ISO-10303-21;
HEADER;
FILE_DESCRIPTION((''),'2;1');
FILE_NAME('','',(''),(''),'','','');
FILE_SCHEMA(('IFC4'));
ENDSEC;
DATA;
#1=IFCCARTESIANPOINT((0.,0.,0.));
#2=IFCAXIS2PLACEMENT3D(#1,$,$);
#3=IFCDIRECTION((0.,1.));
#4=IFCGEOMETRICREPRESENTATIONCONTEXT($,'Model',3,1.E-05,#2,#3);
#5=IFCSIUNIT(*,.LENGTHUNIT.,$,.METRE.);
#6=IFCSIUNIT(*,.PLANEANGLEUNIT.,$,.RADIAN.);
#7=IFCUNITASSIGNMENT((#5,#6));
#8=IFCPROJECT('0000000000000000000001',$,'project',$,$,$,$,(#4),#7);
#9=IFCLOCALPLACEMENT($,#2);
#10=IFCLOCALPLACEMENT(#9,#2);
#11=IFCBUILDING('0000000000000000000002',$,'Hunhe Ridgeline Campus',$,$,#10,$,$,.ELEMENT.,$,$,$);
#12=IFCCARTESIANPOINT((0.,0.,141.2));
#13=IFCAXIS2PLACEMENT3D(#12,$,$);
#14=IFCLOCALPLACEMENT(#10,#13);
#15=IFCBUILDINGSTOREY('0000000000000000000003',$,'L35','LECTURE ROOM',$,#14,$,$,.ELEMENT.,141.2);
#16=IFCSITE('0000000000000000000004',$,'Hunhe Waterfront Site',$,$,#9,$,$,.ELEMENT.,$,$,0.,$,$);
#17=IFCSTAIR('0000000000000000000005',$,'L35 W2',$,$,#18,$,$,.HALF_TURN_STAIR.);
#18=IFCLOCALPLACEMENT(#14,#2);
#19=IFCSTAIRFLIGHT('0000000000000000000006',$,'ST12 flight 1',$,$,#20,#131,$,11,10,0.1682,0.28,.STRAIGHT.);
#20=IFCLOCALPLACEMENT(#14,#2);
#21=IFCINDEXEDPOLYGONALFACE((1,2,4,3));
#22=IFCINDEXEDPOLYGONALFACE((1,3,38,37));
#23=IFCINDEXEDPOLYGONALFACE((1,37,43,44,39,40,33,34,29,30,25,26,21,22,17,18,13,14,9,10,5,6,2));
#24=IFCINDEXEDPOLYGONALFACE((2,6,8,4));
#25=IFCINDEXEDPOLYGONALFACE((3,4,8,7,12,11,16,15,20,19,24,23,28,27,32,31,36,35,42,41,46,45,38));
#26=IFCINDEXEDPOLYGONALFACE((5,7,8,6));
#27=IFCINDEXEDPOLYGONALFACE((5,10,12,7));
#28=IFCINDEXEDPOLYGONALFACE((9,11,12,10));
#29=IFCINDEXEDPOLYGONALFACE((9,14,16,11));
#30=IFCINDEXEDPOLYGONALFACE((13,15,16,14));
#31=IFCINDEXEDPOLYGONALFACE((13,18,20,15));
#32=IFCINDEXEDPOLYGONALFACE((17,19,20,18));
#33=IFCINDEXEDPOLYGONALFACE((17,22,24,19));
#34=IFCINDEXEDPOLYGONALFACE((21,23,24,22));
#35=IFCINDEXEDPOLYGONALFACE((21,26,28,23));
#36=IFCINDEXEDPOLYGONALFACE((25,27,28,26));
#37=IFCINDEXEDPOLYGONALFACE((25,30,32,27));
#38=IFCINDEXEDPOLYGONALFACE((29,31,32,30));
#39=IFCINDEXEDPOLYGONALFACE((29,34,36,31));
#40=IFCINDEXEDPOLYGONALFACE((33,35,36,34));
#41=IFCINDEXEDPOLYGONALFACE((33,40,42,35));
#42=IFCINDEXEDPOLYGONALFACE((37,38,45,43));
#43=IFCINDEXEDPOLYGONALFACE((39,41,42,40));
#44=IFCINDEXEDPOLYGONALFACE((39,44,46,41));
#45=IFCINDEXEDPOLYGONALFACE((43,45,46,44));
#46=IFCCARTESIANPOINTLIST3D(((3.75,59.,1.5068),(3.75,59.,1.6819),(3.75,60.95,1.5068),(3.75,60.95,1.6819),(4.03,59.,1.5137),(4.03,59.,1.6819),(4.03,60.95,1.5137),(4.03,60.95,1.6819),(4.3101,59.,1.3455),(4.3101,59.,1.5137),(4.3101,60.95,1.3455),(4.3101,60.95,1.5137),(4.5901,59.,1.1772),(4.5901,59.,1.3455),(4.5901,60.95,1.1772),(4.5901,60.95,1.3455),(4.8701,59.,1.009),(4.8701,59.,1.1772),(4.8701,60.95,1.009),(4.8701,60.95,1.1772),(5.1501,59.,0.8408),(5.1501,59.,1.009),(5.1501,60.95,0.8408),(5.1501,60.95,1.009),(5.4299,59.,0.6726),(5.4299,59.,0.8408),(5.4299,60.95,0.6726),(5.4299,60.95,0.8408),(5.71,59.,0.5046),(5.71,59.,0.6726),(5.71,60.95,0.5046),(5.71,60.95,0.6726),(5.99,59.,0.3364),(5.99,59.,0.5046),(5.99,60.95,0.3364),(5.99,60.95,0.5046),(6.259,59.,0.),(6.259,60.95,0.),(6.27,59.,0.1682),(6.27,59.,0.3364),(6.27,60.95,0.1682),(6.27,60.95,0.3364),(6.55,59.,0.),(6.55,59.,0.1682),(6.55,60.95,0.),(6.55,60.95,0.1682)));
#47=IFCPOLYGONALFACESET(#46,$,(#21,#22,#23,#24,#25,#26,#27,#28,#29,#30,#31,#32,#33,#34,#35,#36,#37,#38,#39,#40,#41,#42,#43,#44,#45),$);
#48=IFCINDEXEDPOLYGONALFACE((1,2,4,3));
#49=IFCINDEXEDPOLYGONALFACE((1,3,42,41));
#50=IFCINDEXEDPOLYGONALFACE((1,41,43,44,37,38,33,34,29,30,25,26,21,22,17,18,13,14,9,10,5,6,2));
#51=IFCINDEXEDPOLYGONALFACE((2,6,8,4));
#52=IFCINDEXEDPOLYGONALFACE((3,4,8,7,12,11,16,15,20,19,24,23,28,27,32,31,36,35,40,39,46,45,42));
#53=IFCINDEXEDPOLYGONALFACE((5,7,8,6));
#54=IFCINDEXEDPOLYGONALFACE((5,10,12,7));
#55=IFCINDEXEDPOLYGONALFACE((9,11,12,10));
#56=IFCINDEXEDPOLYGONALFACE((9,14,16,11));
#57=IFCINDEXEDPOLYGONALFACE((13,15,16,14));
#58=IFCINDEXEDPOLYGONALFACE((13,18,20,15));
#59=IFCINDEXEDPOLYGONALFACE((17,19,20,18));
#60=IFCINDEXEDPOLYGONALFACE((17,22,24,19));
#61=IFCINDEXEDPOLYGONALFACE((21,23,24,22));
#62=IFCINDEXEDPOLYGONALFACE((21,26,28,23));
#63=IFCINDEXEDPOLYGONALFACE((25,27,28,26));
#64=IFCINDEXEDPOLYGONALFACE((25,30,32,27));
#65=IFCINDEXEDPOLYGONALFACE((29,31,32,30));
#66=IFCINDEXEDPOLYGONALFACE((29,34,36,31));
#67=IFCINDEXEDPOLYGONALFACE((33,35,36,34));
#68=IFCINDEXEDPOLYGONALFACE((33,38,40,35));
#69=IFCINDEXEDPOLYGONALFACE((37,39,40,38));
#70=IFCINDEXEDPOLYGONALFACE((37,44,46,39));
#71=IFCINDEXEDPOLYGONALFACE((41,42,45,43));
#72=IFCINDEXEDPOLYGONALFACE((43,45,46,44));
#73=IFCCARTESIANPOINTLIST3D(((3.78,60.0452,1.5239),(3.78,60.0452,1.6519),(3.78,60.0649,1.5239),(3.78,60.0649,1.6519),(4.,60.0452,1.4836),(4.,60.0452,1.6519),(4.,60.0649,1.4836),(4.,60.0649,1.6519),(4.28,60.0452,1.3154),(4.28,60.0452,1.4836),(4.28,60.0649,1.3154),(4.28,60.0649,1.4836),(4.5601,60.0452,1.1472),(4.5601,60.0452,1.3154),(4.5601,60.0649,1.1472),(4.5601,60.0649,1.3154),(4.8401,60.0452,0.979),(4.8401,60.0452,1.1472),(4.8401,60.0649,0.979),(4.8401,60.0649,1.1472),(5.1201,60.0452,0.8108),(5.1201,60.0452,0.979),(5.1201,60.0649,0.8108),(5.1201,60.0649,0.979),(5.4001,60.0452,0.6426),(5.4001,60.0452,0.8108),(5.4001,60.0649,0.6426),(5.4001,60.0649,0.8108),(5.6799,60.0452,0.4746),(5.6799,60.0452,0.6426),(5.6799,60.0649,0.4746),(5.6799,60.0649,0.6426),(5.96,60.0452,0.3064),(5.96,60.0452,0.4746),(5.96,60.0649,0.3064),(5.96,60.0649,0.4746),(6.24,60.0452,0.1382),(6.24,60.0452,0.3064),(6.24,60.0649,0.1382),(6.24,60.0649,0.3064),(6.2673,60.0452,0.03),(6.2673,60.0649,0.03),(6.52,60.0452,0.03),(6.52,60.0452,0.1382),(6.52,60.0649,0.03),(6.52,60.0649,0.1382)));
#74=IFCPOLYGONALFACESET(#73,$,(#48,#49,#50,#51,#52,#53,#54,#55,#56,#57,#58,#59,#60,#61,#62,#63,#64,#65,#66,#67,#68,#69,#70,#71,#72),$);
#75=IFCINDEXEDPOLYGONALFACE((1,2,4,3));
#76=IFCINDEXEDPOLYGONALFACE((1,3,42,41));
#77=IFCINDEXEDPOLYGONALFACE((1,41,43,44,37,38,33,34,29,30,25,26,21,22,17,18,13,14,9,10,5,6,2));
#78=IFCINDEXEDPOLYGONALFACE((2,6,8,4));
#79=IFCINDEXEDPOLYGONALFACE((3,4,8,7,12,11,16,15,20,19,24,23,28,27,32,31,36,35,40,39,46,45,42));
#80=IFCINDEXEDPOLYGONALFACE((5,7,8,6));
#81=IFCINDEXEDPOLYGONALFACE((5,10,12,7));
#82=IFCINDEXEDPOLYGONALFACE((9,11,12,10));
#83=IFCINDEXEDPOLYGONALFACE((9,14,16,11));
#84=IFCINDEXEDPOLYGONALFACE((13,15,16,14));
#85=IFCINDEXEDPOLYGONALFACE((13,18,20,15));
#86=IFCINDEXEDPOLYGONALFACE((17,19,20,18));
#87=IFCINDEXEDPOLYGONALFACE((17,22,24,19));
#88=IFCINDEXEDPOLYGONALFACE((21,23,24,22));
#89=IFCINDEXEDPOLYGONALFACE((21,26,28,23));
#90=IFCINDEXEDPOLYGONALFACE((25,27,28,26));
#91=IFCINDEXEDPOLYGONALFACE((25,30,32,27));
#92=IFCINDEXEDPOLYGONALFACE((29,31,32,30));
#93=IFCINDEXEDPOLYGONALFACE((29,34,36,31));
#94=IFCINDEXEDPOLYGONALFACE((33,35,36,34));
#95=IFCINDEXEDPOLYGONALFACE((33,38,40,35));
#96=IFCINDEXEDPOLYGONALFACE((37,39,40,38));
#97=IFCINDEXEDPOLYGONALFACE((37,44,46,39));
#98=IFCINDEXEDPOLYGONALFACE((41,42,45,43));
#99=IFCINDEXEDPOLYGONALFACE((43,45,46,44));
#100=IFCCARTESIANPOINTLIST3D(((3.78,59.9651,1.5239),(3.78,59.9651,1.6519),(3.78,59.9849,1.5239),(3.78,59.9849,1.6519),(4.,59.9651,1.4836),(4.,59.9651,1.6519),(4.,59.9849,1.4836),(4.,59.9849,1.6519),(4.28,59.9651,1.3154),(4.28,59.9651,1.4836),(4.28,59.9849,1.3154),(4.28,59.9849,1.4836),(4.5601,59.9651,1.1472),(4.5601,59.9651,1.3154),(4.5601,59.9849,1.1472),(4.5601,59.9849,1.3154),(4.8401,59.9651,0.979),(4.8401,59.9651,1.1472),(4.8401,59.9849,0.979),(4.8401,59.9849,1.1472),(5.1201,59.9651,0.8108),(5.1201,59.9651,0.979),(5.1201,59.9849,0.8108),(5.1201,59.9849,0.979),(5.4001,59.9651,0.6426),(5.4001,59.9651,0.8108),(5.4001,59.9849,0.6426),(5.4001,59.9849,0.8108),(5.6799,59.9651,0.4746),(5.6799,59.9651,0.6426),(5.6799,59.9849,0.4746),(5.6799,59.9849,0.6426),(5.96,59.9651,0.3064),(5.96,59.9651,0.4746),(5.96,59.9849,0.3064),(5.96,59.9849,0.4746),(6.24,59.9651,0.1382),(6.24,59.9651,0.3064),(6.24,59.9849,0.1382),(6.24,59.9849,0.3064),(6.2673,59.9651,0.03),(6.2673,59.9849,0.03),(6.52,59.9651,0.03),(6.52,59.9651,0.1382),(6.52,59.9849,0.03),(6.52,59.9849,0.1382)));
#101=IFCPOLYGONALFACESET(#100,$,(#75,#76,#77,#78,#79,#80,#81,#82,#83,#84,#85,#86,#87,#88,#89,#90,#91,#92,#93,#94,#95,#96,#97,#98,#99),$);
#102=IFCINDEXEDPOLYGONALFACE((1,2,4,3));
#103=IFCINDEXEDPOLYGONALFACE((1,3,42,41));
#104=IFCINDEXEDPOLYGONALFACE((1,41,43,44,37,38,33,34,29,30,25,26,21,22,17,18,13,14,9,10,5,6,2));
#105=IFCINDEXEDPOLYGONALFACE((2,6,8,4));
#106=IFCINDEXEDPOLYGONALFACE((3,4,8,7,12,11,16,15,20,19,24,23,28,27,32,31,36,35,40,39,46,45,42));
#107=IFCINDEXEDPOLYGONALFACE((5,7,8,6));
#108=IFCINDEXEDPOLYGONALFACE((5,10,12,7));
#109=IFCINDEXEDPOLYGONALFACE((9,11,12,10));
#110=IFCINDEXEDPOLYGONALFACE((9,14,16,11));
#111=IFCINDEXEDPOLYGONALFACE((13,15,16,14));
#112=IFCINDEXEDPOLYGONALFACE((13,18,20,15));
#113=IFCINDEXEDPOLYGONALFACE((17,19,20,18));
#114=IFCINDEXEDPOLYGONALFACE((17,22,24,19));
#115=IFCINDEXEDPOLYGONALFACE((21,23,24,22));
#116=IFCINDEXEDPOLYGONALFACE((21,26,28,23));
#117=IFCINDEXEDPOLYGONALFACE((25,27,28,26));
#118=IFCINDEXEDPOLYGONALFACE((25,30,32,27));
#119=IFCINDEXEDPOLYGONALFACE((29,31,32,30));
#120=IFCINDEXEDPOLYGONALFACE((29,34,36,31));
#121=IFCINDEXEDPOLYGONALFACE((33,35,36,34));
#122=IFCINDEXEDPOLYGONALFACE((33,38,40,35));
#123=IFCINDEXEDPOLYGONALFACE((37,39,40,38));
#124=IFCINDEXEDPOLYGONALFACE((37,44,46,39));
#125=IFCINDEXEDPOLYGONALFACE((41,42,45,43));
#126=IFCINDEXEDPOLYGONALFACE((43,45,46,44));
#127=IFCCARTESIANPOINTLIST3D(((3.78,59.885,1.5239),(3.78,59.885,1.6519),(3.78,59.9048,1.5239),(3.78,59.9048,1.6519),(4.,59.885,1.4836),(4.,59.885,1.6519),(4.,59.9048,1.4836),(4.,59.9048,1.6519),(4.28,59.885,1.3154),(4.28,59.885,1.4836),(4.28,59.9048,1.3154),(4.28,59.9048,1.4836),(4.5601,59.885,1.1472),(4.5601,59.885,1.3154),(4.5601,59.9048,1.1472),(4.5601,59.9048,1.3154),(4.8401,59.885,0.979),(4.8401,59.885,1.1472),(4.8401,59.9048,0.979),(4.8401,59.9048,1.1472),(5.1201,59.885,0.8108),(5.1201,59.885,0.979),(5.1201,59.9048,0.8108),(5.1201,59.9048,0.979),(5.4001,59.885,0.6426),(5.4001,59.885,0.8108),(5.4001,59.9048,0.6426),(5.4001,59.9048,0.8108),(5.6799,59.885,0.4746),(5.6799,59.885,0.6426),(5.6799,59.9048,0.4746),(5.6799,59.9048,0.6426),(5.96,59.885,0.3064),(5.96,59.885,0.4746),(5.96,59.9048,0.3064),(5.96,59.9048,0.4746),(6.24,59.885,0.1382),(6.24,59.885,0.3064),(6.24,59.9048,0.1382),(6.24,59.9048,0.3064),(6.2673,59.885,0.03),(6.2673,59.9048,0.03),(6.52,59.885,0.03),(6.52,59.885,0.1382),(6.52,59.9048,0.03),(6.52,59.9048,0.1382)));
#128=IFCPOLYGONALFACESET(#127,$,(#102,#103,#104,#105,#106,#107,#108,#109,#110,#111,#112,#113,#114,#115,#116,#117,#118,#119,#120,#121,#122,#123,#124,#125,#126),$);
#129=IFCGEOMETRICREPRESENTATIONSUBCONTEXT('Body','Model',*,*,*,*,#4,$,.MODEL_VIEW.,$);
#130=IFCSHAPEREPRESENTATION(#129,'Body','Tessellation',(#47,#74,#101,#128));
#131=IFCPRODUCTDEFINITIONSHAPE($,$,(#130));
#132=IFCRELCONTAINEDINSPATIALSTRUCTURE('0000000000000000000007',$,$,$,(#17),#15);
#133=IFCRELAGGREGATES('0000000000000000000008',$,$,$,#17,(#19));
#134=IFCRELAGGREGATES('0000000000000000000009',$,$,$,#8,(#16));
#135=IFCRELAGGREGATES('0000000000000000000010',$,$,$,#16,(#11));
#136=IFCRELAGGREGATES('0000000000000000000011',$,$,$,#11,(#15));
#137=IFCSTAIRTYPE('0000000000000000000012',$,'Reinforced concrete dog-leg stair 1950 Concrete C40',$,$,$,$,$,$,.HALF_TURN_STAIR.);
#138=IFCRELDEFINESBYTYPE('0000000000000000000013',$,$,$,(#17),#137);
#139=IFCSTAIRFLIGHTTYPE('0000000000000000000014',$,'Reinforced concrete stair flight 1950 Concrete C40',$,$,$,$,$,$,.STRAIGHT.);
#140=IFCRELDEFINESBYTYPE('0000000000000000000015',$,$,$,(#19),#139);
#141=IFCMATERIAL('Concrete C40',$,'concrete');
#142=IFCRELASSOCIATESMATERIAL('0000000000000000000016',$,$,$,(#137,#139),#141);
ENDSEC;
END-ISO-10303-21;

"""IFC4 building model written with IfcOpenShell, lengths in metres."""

from ifc_helpers import new_model, si_unit, direction, frame, origin, place, context, subcontext, project, spatial, polyline, outline, extrude, material, type_object, element, aggregate, save


model = new_model("IFC4")

# Units and contexts
model_context = context("Model", 3, precision=1e-05, world=origin(), true_north=direction((0.0, 1.0)))
body_context = subcontext(model_context, "Body", "Model", "MODEL_VIEW")
ifc_project = project(units=[si_unit("LENGTHUNIT", "METRE"), si_unit("PLANEANGLEUNIT", "RADIAN")], contexts=[model_context])

# Site, building, storey
site_placement = place(None, origin())
site = spatial("IfcSite", under=ifc_project, at=site_placement, Name="Hunhe Waterfront Site", CompositionType="ELEMENT", RefElevation=0.0)
building_placement = place(site_placement, origin())
building = spatial("IfcBuilding", under=site, at=building_placement, Name="Hunhe Ridgeline Campus", CompositionType="ELEMENT")
storey_placement = place(building_placement, frame((0.0, 0.0, 141.2)))
storey = spatial("IfcBuildingStorey", under=building, at=storey_placement, Name="L35", Description="LECTURE ROOM", CompositionType="ELEMENT", Elevation=141.2)

# Stair, stair flight
ifc_material_1 = material(Name="Concrete C40", Category="concrete")
stair_type = type_object("IfcStairType", Name="Reinforced concrete dog-leg stair 1950 Concrete C40", PredefinedType="HALF_TURN_STAIR", material=ifc_material_1)
stair_flight_type = type_object("IfcStairFlightType", Name="Reinforced concrete stair flight 1950 Concrete C40", PredefinedType="STRAIGHT", material=ifc_material_1)
stair_1_placement = place(storey_placement, origin())
stair_1 = element("IfcStair", 1, at=stair_1_placement, inside=storey, type_object=stair_type, Name="L35 W2", PredefinedType="HALF_TURN_STAIR")
stair_flight_1_placement = place(storey_placement, frame((6.55, 59.9751, 0.0), z_axis=(0.0, 0.0, 1.0), x_axis=(-1.0, 0.0, 0.0)))
stair_flight_1 = element("IfcStairFlight", 2, at=stair_flight_1_placement, type_object=stair_flight_type, Name="ST12 flight 1", NumberOfRisers=11, NumberOfTreads=10, PredefinedType="STRAIGHT", RiserHeight=0.1682, TreadLength=0.28, context=body_context, shape_type="SweptSolid", body=[
    extrude(outline(polyline([(0.0, 0.0), (0.0, 0.1682), (0.28, 0.1682), (0.28, 0.3364), (0.5601, 0.3364), (0.5601, 0.5046), (0.8401, 0.5046), (0.8401, 0.6726), (1.1201, 0.6726), (1.1201, 0.8408), (1.3999, 0.8408), (1.3999, 1.009), (1.6799, 1.009), (1.6799, 1.1772), (1.96, 1.1772), (1.96, 1.3455), (2.24, 1.3455), (2.24, 1.5137), (2.52, 1.5137), (2.52, 1.6819), (2.8, 1.6819), (2.8, 1.8501), (2.8, 1.5068), (0.291, 0.0), (0.0, 0.0)])), frame((0.0, 0.9751, 0.0), z_axis=(0.0, -1.0, 0.0), x_axis=(1.0, 0.0, 0.0)), (0.0, 0.0, 1.0), 1.95),
    extrude(outline(polyline([(0.03, 0.03), (0.03, 0.1382), (0.3101, 0.1382), (0.3101, 0.3064), (0.5901, 0.3064), (0.5901, 0.4746), (0.8701, 0.4746), (0.8701, 0.6426), (1.1499, 0.6426), (1.1499, 0.8108), (1.4299, 0.8108), (1.4299, 0.979), (1.71, 0.979), (1.71, 1.1472), (1.99, 1.1472), (1.99, 1.3154), (2.27, 1.3154), (2.27, 1.4836), (2.55, 1.4836), (2.55, 1.6519), (2.77, 1.6519), (2.77, 1.5239), (0.2827, 0.03), (0.03, 0.03)])), frame((0.0, -0.0701, 0.0), z_axis=(0.0, -1.0, 0.0), x_axis=(1.0, 0.0, 0.0)), (0.0, 0.0, 1.0), 0.0198),
    extrude(outline(polyline([(0.03, 0.03), (0.03, 0.1382), (0.3101, 0.1382), (0.3101, 0.3064), (0.5901, 0.3064), (0.5901, 0.4746), (0.8701, 0.4746), (0.8701, 0.6426), (1.1499, 0.6426), (1.1499, 0.8108), (1.4299, 0.8108), (1.4299, 0.979), (1.71, 0.979), (1.71, 1.1472), (1.99, 1.1472), (1.99, 1.3154), (2.27, 1.3154), (2.27, 1.4836), (2.55, 1.4836), (2.55, 1.6519), (2.77, 1.6519), (2.77, 1.5239), (0.2827, 0.03), (0.03, 0.03)])), frame((0.0, 0.01, 0.0), z_axis=(0.0, -1.0, 0.0), x_axis=(1.0, 0.0, 0.0)), (0.0, 0.0, 1.0), 0.0198),
    extrude(outline(polyline([(0.03, 0.03), (0.03, 0.1382), (0.3101, 0.1382), (0.3101, 0.3064), (0.5901, 0.3064), (0.5901, 0.4746), (0.8701, 0.4746), (0.8701, 0.6426), (1.1499, 0.6426), (1.1499, 0.8108), (1.4299, 0.8108), (1.4299, 0.979), (1.71, 0.979), (1.71, 1.1472), (1.99, 1.1472), (1.99, 1.3154), (2.27, 1.3154), (2.27, 1.4836), (2.55, 1.4836), (2.55, 1.6519), (2.77, 1.6519), (2.77, 1.5239), (0.2827, 0.03), (0.03, 0.03)])), frame((0.0, 0.0901, 0.0), z_axis=(0.0, -1.0, 0.0), x_axis=(1.0, 0.0, 0.0)), (0.0, 0.0, 1.0), 0.0198),
])
aggregate(stair_1, [stair_flight_1])

save(model, "model.ifc")
